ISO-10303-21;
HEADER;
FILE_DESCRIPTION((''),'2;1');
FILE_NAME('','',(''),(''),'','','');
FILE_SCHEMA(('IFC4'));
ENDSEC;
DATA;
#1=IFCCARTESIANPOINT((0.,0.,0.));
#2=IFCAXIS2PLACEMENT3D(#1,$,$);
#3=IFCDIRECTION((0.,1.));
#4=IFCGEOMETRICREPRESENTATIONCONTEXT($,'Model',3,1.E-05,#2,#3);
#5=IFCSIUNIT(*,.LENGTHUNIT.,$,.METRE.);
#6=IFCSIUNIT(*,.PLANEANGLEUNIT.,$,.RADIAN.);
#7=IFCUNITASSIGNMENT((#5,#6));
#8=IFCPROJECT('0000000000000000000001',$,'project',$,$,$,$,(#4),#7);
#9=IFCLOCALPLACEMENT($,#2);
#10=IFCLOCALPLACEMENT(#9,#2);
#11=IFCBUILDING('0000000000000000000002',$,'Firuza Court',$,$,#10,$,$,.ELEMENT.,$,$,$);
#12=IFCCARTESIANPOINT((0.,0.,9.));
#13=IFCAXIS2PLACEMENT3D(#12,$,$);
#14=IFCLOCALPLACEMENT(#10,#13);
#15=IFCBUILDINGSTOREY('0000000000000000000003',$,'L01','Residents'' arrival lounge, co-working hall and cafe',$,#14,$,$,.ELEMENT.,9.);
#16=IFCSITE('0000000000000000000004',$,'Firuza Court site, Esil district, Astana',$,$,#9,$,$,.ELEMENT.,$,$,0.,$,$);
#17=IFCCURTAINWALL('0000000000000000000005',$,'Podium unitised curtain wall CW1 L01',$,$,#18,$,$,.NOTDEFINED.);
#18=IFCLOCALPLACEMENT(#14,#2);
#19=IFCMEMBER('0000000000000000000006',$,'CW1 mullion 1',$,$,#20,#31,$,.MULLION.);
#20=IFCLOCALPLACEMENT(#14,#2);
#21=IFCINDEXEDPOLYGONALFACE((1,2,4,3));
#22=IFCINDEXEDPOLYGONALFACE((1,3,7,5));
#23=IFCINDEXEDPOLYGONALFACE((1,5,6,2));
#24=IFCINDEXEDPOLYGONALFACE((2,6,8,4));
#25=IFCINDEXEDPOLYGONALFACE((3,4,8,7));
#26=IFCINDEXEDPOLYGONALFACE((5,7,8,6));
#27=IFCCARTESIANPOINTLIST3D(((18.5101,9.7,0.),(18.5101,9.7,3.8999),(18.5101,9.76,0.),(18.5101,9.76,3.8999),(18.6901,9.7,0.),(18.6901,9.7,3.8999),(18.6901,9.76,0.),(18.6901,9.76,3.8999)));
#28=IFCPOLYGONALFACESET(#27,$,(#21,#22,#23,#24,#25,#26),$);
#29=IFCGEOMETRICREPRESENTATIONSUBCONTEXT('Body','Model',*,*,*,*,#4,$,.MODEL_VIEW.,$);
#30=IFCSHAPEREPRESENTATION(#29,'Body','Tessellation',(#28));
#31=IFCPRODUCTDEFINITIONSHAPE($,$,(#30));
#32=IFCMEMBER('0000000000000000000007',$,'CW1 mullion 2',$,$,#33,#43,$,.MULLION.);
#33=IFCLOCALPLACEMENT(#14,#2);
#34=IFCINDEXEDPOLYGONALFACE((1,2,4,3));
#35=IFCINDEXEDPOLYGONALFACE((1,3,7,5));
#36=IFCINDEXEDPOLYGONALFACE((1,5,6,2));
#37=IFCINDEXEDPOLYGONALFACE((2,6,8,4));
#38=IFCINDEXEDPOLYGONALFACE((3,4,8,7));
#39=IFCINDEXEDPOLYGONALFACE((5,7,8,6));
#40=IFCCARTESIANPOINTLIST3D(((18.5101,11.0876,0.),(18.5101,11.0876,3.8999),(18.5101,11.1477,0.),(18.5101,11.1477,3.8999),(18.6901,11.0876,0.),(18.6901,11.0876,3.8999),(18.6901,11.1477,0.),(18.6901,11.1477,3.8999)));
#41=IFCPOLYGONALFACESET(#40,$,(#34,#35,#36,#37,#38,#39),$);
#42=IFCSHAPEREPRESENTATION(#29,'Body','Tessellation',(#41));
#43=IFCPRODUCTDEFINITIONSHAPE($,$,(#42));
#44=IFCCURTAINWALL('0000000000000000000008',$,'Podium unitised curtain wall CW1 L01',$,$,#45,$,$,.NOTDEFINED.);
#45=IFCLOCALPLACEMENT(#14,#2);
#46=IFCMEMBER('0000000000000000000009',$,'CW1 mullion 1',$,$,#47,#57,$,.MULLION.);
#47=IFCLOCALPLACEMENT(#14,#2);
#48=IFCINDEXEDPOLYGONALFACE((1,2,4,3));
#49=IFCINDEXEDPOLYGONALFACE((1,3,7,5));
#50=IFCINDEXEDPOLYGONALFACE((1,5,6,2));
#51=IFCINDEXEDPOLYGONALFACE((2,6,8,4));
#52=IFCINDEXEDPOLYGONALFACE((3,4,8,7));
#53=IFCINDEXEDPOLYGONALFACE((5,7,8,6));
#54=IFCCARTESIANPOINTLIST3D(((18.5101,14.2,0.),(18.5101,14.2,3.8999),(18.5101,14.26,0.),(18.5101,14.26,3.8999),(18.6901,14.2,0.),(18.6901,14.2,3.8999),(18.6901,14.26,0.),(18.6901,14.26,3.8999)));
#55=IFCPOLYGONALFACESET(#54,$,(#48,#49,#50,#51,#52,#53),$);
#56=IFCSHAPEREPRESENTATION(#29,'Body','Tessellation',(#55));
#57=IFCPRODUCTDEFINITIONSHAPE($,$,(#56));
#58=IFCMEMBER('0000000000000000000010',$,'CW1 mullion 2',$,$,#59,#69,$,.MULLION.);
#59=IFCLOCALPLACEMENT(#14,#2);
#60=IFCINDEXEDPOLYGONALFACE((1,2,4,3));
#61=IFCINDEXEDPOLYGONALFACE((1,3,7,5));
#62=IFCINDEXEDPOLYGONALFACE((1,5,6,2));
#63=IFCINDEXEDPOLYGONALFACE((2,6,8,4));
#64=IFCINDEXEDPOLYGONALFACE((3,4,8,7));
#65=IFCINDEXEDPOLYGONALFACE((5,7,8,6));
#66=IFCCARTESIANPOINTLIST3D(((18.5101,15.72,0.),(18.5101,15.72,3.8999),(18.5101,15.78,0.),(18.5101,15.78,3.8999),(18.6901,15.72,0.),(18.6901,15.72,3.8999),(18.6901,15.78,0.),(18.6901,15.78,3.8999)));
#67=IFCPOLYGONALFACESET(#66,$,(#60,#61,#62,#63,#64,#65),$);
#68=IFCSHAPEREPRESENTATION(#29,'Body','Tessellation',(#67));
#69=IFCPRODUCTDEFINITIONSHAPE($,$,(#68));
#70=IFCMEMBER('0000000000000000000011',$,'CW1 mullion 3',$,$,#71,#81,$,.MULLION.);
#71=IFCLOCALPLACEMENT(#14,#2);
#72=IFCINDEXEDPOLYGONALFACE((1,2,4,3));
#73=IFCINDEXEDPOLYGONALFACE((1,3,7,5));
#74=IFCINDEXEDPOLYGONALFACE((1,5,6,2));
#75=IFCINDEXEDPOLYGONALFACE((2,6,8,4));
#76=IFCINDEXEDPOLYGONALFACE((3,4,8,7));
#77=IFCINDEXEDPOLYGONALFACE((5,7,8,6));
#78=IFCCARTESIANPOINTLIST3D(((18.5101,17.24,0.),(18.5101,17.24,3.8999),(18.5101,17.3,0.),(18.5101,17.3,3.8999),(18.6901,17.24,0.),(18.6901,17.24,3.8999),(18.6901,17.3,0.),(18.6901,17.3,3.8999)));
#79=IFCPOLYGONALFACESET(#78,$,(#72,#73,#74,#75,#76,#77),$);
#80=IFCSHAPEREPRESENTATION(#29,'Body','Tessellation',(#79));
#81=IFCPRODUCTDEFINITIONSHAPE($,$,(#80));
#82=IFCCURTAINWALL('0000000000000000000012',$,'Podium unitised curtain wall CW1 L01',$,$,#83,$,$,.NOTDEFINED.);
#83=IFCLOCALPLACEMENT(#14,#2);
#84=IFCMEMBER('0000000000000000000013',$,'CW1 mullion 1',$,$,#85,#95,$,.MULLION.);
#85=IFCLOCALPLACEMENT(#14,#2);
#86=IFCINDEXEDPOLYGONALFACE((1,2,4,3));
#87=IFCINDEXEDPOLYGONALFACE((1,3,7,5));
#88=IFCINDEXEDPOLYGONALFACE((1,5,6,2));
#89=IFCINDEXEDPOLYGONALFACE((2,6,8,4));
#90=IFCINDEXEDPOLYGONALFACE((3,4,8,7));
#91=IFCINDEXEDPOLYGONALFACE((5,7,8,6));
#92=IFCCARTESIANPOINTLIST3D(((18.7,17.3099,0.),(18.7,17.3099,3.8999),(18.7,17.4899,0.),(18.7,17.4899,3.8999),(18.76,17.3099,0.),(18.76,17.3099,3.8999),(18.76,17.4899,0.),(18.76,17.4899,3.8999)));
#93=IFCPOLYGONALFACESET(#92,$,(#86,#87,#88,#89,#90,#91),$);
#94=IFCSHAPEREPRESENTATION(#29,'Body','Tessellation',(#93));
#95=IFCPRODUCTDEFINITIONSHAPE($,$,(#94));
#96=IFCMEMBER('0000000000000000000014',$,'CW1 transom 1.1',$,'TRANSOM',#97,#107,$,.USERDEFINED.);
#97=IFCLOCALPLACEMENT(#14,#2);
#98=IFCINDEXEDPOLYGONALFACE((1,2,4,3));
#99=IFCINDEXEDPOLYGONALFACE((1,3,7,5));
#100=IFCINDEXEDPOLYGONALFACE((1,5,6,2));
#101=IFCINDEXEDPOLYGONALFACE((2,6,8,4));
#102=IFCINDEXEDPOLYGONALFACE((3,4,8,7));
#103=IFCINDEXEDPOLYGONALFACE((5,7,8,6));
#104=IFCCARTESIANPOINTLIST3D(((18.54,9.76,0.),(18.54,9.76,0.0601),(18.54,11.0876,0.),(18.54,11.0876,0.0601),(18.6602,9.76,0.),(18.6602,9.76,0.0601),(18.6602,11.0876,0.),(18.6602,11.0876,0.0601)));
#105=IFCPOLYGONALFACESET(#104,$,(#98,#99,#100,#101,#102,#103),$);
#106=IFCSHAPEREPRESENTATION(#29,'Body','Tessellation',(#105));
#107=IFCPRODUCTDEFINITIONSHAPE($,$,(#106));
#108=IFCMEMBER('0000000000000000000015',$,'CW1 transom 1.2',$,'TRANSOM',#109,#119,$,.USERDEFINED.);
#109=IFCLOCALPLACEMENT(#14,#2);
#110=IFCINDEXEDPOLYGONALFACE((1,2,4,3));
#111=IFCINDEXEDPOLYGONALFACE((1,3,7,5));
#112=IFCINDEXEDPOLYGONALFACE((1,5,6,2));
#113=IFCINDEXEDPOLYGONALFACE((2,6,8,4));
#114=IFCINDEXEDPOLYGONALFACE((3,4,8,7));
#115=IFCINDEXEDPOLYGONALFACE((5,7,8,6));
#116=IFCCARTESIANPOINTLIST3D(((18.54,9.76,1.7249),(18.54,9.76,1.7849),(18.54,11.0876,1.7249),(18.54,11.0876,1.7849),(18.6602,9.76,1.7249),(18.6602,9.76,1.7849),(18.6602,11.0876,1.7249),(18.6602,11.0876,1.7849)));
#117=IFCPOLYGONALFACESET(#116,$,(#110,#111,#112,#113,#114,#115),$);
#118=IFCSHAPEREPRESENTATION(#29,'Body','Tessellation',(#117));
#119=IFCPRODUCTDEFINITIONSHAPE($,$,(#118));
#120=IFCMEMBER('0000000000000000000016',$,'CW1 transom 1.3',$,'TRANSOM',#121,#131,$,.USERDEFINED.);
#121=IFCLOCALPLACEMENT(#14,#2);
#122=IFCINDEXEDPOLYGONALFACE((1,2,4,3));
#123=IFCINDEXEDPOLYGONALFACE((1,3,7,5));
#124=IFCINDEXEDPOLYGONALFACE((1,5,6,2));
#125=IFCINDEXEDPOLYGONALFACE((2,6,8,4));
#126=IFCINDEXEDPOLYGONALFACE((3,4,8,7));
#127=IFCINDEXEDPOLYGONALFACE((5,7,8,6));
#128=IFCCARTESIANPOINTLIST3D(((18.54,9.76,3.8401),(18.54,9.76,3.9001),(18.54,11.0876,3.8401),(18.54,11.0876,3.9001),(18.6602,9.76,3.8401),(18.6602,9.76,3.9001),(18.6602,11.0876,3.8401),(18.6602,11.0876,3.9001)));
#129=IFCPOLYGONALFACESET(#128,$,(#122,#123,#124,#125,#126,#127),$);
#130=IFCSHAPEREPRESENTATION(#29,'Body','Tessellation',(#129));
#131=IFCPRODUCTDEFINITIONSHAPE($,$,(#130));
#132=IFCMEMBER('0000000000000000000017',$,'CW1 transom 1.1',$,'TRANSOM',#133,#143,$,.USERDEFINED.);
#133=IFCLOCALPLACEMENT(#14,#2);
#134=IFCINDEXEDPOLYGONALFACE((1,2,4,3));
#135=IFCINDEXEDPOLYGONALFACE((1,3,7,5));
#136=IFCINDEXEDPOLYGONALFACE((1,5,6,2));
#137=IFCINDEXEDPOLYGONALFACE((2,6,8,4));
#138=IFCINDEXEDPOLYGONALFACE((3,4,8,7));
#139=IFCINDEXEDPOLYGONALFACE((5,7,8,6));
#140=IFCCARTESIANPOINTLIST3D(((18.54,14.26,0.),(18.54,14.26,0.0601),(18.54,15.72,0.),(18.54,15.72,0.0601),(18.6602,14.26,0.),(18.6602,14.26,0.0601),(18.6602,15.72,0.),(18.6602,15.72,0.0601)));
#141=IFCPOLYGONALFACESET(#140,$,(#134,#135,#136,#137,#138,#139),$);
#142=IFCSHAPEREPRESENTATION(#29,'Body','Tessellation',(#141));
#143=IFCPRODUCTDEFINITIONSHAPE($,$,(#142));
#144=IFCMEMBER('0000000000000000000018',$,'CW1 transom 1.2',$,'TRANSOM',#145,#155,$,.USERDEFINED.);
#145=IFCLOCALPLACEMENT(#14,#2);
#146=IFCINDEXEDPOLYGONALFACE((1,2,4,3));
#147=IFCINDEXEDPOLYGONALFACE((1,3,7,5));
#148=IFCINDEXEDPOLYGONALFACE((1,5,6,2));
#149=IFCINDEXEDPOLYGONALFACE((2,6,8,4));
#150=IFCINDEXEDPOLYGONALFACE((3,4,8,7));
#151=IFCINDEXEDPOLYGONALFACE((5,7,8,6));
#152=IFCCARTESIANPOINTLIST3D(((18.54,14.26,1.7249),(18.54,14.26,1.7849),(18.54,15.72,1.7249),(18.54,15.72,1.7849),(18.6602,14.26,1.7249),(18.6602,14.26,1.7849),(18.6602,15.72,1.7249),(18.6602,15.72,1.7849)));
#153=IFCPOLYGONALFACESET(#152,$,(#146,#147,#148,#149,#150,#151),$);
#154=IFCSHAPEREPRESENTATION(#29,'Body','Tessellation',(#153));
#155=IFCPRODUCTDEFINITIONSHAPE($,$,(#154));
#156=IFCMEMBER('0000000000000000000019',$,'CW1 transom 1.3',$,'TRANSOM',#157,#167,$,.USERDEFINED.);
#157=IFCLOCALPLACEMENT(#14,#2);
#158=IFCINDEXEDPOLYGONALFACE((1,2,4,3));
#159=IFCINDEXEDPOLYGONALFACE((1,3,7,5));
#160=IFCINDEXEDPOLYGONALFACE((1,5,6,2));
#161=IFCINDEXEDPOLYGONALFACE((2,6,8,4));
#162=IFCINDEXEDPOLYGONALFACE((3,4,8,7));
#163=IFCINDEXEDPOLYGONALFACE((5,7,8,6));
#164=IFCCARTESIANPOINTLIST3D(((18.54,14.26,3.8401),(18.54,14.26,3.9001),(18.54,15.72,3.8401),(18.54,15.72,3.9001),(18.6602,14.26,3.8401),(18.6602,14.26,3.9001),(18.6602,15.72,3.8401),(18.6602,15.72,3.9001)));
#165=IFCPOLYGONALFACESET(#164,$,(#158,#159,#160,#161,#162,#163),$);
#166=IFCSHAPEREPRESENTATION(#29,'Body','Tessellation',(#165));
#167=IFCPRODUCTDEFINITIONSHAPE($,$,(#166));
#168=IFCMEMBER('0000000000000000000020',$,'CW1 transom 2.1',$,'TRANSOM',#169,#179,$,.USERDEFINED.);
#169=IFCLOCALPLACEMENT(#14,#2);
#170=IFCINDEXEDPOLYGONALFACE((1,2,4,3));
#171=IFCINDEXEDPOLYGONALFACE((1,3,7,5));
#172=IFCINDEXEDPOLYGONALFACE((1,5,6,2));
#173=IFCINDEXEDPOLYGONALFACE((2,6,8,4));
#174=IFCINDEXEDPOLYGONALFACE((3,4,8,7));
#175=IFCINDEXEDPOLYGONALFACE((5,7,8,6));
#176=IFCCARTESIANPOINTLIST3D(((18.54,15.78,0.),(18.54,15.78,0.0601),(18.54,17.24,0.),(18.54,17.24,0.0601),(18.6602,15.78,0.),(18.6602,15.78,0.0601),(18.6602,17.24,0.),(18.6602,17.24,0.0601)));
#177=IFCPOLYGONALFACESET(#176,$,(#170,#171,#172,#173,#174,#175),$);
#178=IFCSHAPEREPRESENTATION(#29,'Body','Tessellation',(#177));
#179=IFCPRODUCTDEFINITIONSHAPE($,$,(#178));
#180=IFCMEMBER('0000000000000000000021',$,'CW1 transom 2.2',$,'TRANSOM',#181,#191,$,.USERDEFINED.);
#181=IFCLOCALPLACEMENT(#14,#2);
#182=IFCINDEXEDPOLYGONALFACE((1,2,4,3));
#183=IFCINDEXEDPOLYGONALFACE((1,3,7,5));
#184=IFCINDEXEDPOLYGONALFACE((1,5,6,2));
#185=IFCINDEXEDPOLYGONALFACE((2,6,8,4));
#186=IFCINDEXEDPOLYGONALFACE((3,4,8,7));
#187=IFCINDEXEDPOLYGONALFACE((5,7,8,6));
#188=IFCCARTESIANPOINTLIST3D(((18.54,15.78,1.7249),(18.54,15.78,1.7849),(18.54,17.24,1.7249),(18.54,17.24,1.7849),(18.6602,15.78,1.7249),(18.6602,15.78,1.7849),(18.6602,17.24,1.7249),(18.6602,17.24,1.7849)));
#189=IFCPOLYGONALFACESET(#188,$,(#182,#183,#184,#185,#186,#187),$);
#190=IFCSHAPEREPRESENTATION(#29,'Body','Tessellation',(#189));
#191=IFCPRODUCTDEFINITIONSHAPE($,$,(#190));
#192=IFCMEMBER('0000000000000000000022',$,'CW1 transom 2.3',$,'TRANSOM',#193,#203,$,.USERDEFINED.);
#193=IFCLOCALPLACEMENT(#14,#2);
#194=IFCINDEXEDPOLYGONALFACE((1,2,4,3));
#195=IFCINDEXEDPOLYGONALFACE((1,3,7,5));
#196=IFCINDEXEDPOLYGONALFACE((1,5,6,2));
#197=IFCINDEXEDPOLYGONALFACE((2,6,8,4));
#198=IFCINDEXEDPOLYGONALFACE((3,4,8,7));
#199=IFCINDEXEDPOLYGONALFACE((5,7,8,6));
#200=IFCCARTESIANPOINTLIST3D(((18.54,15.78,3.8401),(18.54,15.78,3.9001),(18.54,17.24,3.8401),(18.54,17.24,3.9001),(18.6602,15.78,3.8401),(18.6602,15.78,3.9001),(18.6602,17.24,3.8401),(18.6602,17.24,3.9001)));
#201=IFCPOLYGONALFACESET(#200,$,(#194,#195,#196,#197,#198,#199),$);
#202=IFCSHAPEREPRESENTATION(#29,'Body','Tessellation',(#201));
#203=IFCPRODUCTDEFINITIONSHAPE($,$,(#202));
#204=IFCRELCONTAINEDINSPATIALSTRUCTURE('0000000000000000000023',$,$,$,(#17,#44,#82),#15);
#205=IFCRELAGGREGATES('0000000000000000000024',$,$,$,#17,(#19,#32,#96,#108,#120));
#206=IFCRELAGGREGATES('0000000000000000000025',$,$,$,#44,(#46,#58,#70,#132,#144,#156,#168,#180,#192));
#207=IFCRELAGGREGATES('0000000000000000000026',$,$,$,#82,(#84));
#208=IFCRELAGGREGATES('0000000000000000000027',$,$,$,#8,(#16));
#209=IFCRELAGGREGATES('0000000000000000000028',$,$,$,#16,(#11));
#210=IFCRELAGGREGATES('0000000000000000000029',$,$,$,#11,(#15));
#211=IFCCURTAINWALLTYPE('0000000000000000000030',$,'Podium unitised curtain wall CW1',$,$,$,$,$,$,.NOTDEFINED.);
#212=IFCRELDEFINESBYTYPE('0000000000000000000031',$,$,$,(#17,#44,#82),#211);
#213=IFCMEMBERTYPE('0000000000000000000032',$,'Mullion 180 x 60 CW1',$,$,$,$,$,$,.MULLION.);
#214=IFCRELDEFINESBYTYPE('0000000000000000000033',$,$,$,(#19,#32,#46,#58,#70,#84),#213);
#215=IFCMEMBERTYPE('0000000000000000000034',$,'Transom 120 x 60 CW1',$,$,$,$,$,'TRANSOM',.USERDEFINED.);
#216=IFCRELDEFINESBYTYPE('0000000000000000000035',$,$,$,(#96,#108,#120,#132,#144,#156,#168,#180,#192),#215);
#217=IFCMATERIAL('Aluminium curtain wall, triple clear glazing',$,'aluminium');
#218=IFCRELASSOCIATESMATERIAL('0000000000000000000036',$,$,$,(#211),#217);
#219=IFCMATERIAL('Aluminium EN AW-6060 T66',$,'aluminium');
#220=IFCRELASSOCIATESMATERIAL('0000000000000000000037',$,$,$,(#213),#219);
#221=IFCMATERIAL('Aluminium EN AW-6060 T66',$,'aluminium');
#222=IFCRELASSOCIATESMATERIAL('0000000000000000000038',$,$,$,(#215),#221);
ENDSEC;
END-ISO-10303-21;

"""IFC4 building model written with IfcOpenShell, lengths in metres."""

from ifc_helpers import new_model, si_unit, direction, frame, origin, origin_2d, place, context, subcontext, project, spatial, rectangle, extrude, material, material_profile, profile_set, type_object, element, aggregate, save


model = new_model("IFC4")

# Units and contexts
model_context = context("Model", 3, precision=1e-05, world=origin(), true_north=direction((0.0, 1.0)))
body_context = subcontext(model_context, "Body", "Model", "MODEL_VIEW")
ifc_project = project(units=[si_unit("LENGTHUNIT", "METRE"), si_unit("PLANEANGLEUNIT", "RADIAN")], contexts=[model_context])

# Site, building, storey
site_placement = place(None, origin())
site = spatial("IfcSite", under=ifc_project, at=site_placement, Name="Firuza Court site, Esil district, Astana", CompositionType="ELEMENT", RefElevation=0.0)
building_placement = place(site_placement, origin())
building = spatial("IfcBuilding", under=site, at=building_placement, Name="Firuza Court", CompositionType="ELEMENT")
storey_placement = place(building_placement, frame((0.0, 0.0, 9.0)))
storey = spatial("IfcBuildingStorey", under=building, at=storey_placement, Name="L01", Description="Residents' arrival lounge, co-working hall and cafe", CompositionType="ELEMENT", Elevation=9.0)

# Curtain walls, members
ifc_material_1 = material(Name="Aluminium curtain wall, triple clear glazing", Category="aluminium")
curtain_wall_type = type_object("IfcCurtainWallType", Name="Podium unitised curtain wall CW1", PredefinedType="NOTDEFINED", material=ifc_material_1)
curtain_wall_1_placement = place(storey_placement, origin())
curtain_wall_1 = element("IfcCurtainWall", 1, at=curtain_wall_1_placement, inside=storey, type_object=curtain_wall_type, Name="Podium unitised curtain wall CW1 L01", PredefinedType="NOTDEFINED")
ifc_material_2 = material(Name="Aluminium EN AW-6060 T66", Category="aluminium")
ifc_material_profile_1 = material_profile(ifc_material_2, rectangle(XDim=0.1799, YDim=0.0601, at=origin_2d()), Name="Mullion 180 x 60 CW1")
ifc_profile_set_1 = profile_set([ifc_material_profile_1], Name="Aluminium EN AW-6060 T66")
member_type_1 = type_object("IfcMemberType", Name="Mullion 180 x 60 CW1", PredefinedType="MULLION", material=ifc_profile_set_1)
member_1_placement = place(storey_placement, frame((18.6001, 9.73, 0.0), z_axis=(0.0, 0.0, 1.0), x_axis=(-1.0, 0.0, 0.0)))
member_1 = element("IfcMember", 2, at=member_1_placement, type_object=member_type_1, Name="CW1 mullion 1", PredefinedType="MULLION", context=body_context, shape_type="SweptSolid", body=[
    extrude(rectangle(XDim=0.1799, YDim=0.0601, at=origin_2d()), origin(), (0.0, 0.0, 1.0), 3.8999),
])
member_2_placement = place(storey_placement, frame((18.6001, 11.1177, 0.0), z_axis=(0.0, 0.0, 1.0), x_axis=(-1.0, 0.0, 0.0)))
member_2 = element("IfcMember", 3, at=member_2_placement, type_object=member_type_1, Name="CW1 mullion 2", PredefinedType="MULLION", context=body_context, shape_type="SweptSolid", body=[
    extrude(rectangle(XDim=0.1799, YDim=0.0601, at=origin_2d()), origin(), (0.0, 0.0, 1.0), 3.8999),
])
curtain_wall_2_placement = place(storey_placement, origin())
curtain_wall_2 = element("IfcCurtainWall", 4, at=curtain_wall_2_placement, inside=storey, type_object=curtain_wall_type, Name="Podium unitised curtain wall CW1 L01", PredefinedType="NOTDEFINED")
member_3_placement = place(storey_placement, frame((18.6001, 14.23, 0.0), z_axis=(0.0, 0.0, 1.0), x_axis=(-1.0, 0.0, 0.0)))
member_3 = element("IfcMember", 5, at=member_3_placement, type_object=member_type_1, Name="CW1 mullion 1", PredefinedType="MULLION", context=body_context, shape_type="SweptSolid", body=[
    extrude(rectangle(XDim=0.1799, YDim=0.0601, at=origin_2d()), origin(), (0.0, 0.0, 1.0), 3.8999),
])
member_4_placement = place(storey_placement, frame((18.6001, 15.75, 0.0), z_axis=(0.0, 0.0, 1.0), x_axis=(-1.0, 0.0, 0.0)))
member_4 = element("IfcMember", 6, at=member_4_placement, type_object=member_type_1, Name="CW1 mullion 2", PredefinedType="MULLION", context=body_context, shape_type="SweptSolid", body=[
    extrude(rectangle(XDim=0.1799, YDim=0.0601, at=origin_2d()), origin(), (0.0, 0.0, 1.0), 3.8999),
])
member_5_placement = place(storey_placement, frame((18.6001, 17.27, 0.0), z_axis=(0.0, 0.0, 1.0), x_axis=(-1.0, 0.0, 0.0)))
member_5 = element("IfcMember", 7, at=member_5_placement, type_object=member_type_1, Name="CW1 mullion 3", PredefinedType="MULLION", context=body_context, shape_type="SweptSolid", body=[
    extrude(rectangle(XDim=0.1799, YDim=0.0601, at=origin_2d()), origin(), (0.0, 0.0, 1.0), 3.8999),
])

# Curtain wall, member
curtain_wall_3_placement = place(storey_placement, origin())
curtain_wall_3 = element("IfcCurtainWall", 8, at=curtain_wall_3_placement, inside=storey, type_object=curtain_wall_type, Name="Podium unitised curtain wall CW1 L01", PredefinedType="NOTDEFINED")
member_6_placement = place(storey_placement, frame((18.73, 17.3999, 0.0), z_axis=(0.0, 0.0, 1.0), x_axis=(0.0, 1.0, 0.0)))
member_6 = element("IfcMember", 9, at=member_6_placement, type_object=member_type_1, Name="CW1 mullion 1", PredefinedType="MULLION", context=body_context, shape_type="SweptSolid", body=[
    extrude(rectangle(XDim=0.1799, YDim=0.0601, at=origin_2d()), origin(), (0.0, 0.0, 1.0), 3.8999),
])

# Members
ifc_material_3 = material(Name="Aluminium EN AW-6060 T66", Category="aluminium")
ifc_material_profile_2 = material_profile(ifc_material_3, rectangle(XDim=0.1201, YDim=0.0601, at=origin_2d()), Name="Transom 120 x 60 CW1")
ifc_profile_set_2 = profile_set([ifc_material_profile_2], Name="Aluminium EN AW-6060 T66")
member_type_2 = type_object("IfcMemberType", Name="Transom 120 x 60 CW1", ElementType="TRANSOM", PredefinedType="USERDEFINED", material=ifc_profile_set_2)
member_7_placement = place(storey_placement, frame((18.6001, 9.76, 0.03), z_axis=(0.0, 1.0, 0.0), x_axis=(-1.0, 0.0, 0.0)))
member_7 = element("IfcMember", 10, at=member_7_placement, type_object=member_type_2, Name="CW1 transom 1.1", ObjectType="TRANSOM", PredefinedType="USERDEFINED", context=body_context, shape_type="SweptSolid", body=[
    extrude(rectangle(XDim=0.1201, YDim=0.0601, at=origin_2d()), origin(), (0.0, 0.0, 1.0), 1.3276),
])
member_8_placement = place(storey_placement, frame((18.6001, 9.76, 1.7549), z_axis=(0.0, 1.0, 0.0), x_axis=(-1.0, 0.0, 0.0)))
member_8 = element("IfcMember", 11, at=member_8_placement, type_object=member_type_2, Name="CW1 transom 1.2", ObjectType="TRANSOM", PredefinedType="USERDEFINED", context=body_context, shape_type="SweptSolid", body=[
    extrude(rectangle(XDim=0.1201, YDim=0.0601, at=origin_2d()), origin(), (0.0, 0.0, 1.0), 1.3276),
])
member_9_placement = place(storey_placement, frame((18.6001, 9.76, 3.8701), z_axis=(0.0, 1.0, 0.0), x_axis=(-1.0, 0.0, 0.0)))
member_9 = element("IfcMember", 12, at=member_9_placement, type_object=member_type_2, Name="CW1 transom 1.3", ObjectType="TRANSOM", PredefinedType="USERDEFINED", context=body_context, shape_type="SweptSolid", body=[
    extrude(rectangle(XDim=0.1201, YDim=0.0601, at=origin_2d()), origin(), (0.0, 0.0, 1.0), 1.3276),
])
member_10_placement = place(storey_placement, frame((18.6001, 14.26, 0.03), z_axis=(0.0, 1.0, 0.0), x_axis=(-1.0, 0.0, 0.0)))
member_10 = element("IfcMember", 13, at=member_10_placement, type_object=member_type_2, Name="CW1 transom 1.1", ObjectType="TRANSOM", PredefinedType="USERDEFINED", context=body_context, shape_type="SweptSolid", body=[
    extrude(rectangle(XDim=0.1201, YDim=0.0601, at=origin_2d()), origin(), (0.0, 0.0, 1.0), 1.46),
])
member_11_placement = place(storey_placement, frame((18.6001, 14.26, 1.7549), z_axis=(0.0, 1.0, 0.0), x_axis=(-1.0, 0.0, 0.0)))
member_11 = element("IfcMember", 14, at=member_11_placement, type_object=member_type_2, Name="CW1 transom 1.2", ObjectType="TRANSOM", PredefinedType="USERDEFINED", context=body_context, shape_type="SweptSolid", body=[
    extrude(rectangle(XDim=0.1201, YDim=0.0601, at=origin_2d()), origin(), (0.0, 0.0, 1.0), 1.46),
])
member_12_placement = place(storey_placement, frame((18.6001, 14.26, 3.8701), z_axis=(0.0, 1.0, 0.0), x_axis=(-1.0, 0.0, 0.0)))
member_12 = element("IfcMember", 15, at=member_12_placement, type_object=member_type_2, Name="CW1 transom 1.3", ObjectType="TRANSOM", PredefinedType="USERDEFINED", context=body_context, shape_type="SweptSolid", body=[
    extrude(rectangle(XDim=0.1201, YDim=0.0601, at=origin_2d()), origin(), (0.0, 0.0, 1.0), 1.46),
])
member_13_placement = place(storey_placement, frame((18.6001, 15.78, 0.03), z_axis=(0.0, 1.0, 0.0), x_axis=(-1.0, 0.0, 0.0)))
member_13 = element("IfcMember", 16, at=member_13_placement, type_object=member_type_2, Name="CW1 transom 2.1", ObjectType="TRANSOM", PredefinedType="USERDEFINED", context=body_context, shape_type="SweptSolid", body=[
    extrude(rectangle(XDim=0.1201, YDim=0.0601, at=origin_2d()), origin(), (0.0, 0.0, 1.0), 1.46),
])
member_14_placement = place(storey_placement, frame((18.6001, 15.78, 1.7549), z_axis=(0.0, 1.0, 0.0), x_axis=(-1.0, 0.0, 0.0)))
member_14 = element("IfcMember", 17, at=member_14_placement, type_object=member_type_2, Name="CW1 transom 2.2", ObjectType="TRANSOM", PredefinedType="USERDEFINED", context=body_context, shape_type="SweptSolid", body=[
    extrude(rectangle(XDim=0.1201, YDim=0.0601, at=origin_2d()), origin(), (0.0, 0.0, 1.0), 1.46),
])
member_15_placement = place(storey_placement, frame((18.6001, 15.78, 3.8701), z_axis=(0.0, 1.0, 0.0), x_axis=(-1.0, 0.0, 0.0)))
member_15 = element("IfcMember", 18, at=member_15_placement, type_object=member_type_2, Name="CW1 transom 2.3", ObjectType="TRANSOM", PredefinedType="USERDEFINED", context=body_context, shape_type="SweptSolid", body=[
    extrude(rectangle(XDim=0.1201, YDim=0.0601, at=origin_2d()), origin(), (0.0, 0.0, 1.0), 1.46),
])

aggregate(curtain_wall_1, [member_1, member_2, member_7, member_8, member_9])
aggregate(curtain_wall_2, [member_3, member_4, member_5, member_10, member_11, member_12, member_13, member_14, member_15])
aggregate(curtain_wall_3, [member_6])

save(model, "model.ifc")
